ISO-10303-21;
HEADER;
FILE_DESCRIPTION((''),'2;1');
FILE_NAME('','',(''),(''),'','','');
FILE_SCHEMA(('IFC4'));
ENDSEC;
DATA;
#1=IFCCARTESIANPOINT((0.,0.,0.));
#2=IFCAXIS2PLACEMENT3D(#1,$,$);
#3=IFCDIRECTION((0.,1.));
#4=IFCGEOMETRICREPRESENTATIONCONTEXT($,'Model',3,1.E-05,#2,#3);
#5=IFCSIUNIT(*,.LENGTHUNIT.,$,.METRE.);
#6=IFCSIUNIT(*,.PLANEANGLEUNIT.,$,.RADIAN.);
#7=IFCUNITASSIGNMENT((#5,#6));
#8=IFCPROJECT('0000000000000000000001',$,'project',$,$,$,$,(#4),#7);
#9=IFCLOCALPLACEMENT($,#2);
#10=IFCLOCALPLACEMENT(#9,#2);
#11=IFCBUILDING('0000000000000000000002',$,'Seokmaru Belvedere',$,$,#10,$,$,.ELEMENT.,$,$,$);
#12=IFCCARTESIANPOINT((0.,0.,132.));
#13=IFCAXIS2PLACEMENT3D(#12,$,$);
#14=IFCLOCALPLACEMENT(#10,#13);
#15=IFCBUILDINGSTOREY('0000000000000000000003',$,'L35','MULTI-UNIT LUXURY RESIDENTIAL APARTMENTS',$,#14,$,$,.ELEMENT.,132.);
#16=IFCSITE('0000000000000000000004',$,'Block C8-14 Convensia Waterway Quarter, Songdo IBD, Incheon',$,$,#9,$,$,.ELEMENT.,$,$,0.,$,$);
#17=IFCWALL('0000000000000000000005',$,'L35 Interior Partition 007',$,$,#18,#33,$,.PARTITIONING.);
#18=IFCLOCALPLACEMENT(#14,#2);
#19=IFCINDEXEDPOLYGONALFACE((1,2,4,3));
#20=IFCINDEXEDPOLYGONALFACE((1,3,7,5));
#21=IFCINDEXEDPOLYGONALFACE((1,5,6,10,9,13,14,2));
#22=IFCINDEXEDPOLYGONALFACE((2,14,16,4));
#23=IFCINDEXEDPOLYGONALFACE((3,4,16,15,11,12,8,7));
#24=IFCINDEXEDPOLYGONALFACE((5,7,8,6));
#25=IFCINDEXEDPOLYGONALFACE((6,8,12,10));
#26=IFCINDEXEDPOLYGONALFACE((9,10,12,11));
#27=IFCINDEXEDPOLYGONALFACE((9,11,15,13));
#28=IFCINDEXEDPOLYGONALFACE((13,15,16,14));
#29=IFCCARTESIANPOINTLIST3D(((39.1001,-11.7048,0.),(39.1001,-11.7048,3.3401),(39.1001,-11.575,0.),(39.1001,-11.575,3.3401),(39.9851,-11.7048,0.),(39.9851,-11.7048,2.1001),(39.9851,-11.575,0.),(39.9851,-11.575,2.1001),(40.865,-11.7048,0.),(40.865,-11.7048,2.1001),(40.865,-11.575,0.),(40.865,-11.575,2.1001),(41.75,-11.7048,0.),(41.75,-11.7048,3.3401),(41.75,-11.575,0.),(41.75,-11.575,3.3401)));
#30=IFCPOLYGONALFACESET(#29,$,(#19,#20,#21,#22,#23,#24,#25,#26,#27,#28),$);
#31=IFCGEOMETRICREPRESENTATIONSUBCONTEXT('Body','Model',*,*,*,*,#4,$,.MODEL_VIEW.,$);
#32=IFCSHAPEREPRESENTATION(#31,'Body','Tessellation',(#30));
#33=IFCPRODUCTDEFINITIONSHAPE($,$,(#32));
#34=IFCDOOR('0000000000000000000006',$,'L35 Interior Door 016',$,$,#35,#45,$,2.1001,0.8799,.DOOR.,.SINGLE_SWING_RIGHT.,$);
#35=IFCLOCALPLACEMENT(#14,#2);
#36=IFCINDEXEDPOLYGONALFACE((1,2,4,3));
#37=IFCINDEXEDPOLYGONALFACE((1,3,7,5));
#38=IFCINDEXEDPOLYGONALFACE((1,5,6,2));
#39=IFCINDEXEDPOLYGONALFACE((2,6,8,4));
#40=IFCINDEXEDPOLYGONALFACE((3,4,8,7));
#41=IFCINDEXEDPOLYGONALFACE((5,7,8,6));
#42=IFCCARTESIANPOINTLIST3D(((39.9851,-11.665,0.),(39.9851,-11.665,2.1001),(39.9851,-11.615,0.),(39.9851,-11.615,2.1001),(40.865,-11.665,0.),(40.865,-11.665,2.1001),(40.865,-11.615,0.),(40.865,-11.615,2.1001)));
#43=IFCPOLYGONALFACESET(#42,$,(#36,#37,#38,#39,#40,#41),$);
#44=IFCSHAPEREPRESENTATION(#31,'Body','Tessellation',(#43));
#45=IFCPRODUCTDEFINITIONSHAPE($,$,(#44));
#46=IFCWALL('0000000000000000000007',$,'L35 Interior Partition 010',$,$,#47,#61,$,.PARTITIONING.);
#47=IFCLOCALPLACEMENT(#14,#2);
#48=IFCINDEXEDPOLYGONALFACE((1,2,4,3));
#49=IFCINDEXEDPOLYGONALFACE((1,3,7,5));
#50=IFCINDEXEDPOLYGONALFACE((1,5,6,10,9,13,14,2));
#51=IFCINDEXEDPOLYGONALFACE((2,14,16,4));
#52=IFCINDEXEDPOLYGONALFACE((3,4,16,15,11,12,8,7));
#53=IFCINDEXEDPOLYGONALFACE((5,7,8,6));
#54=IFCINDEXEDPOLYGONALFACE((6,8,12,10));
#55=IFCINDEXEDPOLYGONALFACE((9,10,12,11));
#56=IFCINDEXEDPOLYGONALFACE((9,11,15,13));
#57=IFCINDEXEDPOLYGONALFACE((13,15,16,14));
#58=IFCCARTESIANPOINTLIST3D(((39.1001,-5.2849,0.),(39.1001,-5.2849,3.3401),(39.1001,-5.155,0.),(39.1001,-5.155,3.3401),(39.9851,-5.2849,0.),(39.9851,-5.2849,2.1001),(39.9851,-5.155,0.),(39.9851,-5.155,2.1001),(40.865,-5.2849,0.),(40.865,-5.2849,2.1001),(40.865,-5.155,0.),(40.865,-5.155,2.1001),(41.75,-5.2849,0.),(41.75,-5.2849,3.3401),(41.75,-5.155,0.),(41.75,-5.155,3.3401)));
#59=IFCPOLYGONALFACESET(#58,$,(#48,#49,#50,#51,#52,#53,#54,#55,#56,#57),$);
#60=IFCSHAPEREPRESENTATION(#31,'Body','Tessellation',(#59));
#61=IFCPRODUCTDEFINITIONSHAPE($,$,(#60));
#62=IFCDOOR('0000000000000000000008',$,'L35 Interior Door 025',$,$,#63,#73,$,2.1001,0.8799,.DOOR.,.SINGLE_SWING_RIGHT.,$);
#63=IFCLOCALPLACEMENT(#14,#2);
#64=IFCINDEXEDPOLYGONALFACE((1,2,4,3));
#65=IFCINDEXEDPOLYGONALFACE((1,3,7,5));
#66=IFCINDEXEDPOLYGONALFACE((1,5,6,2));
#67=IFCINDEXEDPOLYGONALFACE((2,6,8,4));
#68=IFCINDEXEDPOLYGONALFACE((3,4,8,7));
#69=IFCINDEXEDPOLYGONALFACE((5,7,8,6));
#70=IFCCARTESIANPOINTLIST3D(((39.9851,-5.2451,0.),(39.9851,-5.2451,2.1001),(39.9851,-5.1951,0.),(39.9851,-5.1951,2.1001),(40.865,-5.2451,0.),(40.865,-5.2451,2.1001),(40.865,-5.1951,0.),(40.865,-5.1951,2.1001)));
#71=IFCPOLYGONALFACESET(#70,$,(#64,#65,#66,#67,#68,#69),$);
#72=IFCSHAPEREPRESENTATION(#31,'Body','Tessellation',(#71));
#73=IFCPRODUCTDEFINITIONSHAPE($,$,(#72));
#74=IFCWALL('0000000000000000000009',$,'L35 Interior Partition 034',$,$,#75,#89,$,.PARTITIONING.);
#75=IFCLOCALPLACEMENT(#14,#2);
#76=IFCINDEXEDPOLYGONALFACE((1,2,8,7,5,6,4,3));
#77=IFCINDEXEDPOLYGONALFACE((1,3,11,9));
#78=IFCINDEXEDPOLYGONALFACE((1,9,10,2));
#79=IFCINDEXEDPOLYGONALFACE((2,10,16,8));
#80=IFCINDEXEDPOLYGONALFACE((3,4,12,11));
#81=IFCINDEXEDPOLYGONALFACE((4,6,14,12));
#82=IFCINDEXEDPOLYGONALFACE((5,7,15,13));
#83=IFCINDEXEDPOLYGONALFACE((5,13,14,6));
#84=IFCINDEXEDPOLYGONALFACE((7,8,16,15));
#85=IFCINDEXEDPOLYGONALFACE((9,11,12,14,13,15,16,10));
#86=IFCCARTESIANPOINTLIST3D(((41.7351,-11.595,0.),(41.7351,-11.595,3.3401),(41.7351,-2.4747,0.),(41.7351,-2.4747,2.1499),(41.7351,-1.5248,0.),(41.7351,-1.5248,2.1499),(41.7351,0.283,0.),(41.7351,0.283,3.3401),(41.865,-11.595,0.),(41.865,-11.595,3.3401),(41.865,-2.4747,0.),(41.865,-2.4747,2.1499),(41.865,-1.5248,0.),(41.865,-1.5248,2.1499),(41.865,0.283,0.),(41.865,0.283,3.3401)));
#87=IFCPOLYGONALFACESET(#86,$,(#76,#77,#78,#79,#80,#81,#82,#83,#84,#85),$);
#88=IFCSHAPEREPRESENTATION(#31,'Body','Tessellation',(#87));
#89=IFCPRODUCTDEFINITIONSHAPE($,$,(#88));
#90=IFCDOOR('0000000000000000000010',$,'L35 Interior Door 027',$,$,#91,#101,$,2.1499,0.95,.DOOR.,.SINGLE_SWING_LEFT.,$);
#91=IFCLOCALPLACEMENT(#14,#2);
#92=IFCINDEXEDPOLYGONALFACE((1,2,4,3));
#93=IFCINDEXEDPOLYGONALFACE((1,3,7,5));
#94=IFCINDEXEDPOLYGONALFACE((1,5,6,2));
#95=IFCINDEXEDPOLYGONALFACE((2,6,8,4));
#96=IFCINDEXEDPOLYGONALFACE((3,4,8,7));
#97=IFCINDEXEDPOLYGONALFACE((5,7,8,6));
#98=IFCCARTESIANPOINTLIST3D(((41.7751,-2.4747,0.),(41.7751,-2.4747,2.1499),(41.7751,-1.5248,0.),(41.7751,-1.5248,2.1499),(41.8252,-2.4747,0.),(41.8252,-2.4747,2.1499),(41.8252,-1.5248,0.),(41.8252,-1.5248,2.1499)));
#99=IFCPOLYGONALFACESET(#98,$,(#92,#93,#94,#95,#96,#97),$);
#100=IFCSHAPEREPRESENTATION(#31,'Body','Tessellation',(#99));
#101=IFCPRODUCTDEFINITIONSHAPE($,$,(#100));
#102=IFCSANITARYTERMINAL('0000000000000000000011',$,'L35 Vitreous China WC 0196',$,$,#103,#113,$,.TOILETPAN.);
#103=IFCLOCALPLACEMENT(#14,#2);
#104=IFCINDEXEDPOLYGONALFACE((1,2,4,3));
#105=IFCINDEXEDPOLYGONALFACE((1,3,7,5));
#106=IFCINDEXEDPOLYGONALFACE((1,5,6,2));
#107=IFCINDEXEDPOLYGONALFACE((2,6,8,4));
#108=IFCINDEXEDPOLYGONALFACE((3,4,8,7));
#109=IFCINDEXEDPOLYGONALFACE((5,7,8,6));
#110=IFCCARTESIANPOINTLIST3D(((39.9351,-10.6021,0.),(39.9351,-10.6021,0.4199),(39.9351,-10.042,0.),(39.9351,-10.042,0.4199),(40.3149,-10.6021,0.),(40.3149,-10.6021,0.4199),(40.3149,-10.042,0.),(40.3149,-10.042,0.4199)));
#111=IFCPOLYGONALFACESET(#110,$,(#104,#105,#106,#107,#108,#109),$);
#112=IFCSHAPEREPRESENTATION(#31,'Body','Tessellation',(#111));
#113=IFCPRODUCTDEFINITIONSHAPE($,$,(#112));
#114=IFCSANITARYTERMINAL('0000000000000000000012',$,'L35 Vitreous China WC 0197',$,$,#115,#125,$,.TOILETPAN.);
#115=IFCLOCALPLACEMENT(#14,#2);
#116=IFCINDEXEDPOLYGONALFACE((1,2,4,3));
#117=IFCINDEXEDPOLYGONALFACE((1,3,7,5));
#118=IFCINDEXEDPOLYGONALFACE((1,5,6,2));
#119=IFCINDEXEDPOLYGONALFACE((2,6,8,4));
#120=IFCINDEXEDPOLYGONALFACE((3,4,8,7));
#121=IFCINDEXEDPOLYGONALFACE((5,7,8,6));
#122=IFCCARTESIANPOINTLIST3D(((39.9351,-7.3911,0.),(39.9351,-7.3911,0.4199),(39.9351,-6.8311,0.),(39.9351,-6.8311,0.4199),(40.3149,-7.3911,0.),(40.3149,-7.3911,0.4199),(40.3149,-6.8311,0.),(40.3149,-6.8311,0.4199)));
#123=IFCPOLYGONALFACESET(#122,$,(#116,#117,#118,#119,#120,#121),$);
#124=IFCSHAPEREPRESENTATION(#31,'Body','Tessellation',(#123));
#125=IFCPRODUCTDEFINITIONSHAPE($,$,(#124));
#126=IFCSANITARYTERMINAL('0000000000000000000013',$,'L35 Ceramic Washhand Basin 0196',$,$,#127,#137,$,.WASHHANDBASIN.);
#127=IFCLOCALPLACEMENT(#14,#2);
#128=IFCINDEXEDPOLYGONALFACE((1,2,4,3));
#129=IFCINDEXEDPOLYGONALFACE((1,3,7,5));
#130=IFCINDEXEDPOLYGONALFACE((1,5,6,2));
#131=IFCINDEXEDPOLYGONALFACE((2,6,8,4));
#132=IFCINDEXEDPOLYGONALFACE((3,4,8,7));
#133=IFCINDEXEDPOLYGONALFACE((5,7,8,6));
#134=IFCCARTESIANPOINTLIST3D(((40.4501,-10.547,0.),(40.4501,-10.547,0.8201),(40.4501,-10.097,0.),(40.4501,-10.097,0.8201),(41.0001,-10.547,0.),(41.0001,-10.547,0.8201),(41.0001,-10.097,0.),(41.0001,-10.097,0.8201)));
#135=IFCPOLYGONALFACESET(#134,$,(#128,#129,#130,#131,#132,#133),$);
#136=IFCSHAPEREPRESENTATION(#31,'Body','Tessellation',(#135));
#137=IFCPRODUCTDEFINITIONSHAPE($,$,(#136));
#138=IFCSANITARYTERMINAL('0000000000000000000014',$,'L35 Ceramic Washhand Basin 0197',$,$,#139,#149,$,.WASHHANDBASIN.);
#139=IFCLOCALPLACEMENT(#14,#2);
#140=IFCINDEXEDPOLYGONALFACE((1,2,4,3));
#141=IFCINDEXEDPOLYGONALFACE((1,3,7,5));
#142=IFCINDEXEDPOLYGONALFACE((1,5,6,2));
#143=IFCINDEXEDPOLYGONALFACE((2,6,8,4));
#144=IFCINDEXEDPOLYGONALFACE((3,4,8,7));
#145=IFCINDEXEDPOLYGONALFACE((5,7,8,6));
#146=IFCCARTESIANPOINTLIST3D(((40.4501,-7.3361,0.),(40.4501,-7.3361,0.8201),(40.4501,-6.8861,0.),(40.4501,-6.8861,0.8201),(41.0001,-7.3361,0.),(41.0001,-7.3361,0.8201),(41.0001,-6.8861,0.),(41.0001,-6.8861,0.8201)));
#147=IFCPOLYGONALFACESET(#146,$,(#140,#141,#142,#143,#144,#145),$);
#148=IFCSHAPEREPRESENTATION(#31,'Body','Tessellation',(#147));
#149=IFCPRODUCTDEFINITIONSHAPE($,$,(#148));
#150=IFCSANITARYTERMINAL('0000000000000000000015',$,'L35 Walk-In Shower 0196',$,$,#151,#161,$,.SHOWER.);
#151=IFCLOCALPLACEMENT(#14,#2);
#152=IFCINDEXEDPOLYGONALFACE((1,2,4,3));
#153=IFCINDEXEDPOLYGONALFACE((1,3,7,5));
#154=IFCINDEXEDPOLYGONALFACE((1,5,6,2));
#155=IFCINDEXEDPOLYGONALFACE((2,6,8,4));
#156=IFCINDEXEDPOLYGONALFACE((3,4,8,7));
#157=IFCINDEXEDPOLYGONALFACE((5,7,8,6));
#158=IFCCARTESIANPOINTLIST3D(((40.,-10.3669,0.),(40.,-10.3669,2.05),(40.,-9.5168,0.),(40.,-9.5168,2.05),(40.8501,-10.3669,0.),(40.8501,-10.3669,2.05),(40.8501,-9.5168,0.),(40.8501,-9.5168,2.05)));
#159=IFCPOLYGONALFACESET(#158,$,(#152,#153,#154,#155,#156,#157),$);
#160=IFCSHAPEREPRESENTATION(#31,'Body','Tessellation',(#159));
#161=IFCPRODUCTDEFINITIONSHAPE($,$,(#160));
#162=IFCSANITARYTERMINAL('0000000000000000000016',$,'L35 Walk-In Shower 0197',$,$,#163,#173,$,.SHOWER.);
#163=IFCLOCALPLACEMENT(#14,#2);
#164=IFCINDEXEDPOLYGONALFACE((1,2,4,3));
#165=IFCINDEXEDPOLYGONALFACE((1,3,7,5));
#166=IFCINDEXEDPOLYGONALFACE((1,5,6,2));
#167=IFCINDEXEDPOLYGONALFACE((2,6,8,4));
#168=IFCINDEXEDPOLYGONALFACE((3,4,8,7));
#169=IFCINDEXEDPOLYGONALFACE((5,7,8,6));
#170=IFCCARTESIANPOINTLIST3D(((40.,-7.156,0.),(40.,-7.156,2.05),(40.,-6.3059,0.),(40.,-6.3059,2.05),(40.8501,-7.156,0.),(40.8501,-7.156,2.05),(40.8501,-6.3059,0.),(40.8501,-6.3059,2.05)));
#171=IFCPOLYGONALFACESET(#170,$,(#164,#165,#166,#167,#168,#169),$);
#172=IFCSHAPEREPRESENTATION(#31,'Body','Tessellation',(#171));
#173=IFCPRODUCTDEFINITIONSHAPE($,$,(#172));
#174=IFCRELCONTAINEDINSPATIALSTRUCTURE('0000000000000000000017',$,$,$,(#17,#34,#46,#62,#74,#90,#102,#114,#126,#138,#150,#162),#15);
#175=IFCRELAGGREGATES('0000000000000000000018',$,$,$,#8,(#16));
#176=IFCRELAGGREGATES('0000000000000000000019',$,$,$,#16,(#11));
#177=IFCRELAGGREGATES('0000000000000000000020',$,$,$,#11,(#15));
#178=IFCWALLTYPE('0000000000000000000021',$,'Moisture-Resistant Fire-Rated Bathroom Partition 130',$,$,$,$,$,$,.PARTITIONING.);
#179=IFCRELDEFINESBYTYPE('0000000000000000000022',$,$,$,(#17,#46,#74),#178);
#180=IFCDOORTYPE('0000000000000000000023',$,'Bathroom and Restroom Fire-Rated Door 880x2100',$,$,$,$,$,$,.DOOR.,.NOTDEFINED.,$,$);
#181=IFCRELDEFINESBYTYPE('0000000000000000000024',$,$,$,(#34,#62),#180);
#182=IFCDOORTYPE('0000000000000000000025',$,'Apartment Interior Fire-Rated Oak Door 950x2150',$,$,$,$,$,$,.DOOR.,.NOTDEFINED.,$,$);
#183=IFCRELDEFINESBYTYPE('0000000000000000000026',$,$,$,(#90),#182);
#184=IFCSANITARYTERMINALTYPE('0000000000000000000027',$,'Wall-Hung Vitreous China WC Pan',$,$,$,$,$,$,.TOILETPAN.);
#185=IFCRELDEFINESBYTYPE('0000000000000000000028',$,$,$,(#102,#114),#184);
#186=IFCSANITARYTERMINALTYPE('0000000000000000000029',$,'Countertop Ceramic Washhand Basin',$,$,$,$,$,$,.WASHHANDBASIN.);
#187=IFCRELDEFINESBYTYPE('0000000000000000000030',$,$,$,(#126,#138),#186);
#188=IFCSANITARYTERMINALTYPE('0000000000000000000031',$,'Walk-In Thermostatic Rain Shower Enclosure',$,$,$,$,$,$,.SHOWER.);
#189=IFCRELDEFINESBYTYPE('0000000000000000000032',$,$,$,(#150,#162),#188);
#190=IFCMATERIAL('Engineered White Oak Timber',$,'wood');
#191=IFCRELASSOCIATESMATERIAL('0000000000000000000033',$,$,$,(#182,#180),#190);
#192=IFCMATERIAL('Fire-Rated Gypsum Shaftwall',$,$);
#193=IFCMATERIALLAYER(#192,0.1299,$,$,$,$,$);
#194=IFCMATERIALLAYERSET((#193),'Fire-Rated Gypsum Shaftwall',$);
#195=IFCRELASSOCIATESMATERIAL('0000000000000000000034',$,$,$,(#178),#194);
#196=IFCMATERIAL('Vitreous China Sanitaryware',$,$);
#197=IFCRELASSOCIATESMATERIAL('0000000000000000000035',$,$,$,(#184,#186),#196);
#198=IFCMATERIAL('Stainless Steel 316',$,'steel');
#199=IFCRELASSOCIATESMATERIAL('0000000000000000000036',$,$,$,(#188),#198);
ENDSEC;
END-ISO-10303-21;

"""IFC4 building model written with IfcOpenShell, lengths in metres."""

from ifc_helpers import new_model, si_unit, direction, frame, frame_2d, origin, origin_2d, place, context, subcontext, project, spatial, rectangle, extrude, source, transform, mapped, material, layer, layer_set, type_object, type_shapes, element, fill, save


model = new_model("IFC4")

# Units and contexts
model_context = context("Model", 3, precision=1e-05, world=origin(), true_north=direction((0.0, 1.0)))
body_context = subcontext(model_context, "Body", "Model", "MODEL_VIEW")
ifc_project = project(units=[si_unit("LENGTHUNIT", "METRE"), si_unit("PLANEANGLEUNIT", "RADIAN")], contexts=[model_context])

# Site, building, storey
site_placement = place(None, origin())
site = spatial("IfcSite", under=ifc_project, at=site_placement, Name="Block C8-14 Convensia Waterway Quarter, Songdo IBD, Incheon", CompositionType="ELEMENT", RefElevation=0.0)
building_placement = place(site_placement, origin())
building = spatial("IfcBuilding", under=site, at=building_placement, Name="Seokmaru Belvedere", CompositionType="ELEMENT")
storey_placement = place(building_placement, frame((0.0, 0.0, 132.0)))
storey = spatial("IfcBuildingStorey", under=building, at=storey_placement, Name="L35", Description="MULTI-UNIT LUXURY RESIDENTIAL APARTMENTS", CompositionType="ELEMENT", Elevation=132.0)

# Shared definitions
ifc_material_1 = material(Name="Fire-Rated Gypsum Shaftwall")
ifc_material_2 = material(Name="Engineered White Oak Timber", Category="wood")
door_type_1 = type_object("IfcDoorType", Name="Apartment Interior Fire-Rated Oak Door 950x2150", OperationType="NOTDEFINED", PredefinedType="DOOR", material=ifc_material_2)
shared_shape_1 = source(origin(), body_context, "Body", "SweptSolid", [
    extrude(rectangle(XDim=0.95, YDim=2.1499, at=frame_2d((0.4751, 1.075))), frame((0.0, 0.0249, 0.0), z_axis=(0.0, -1.0, 0.0), x_axis=(1.0, 0.0, 0.0)), (0.0, 0.0, 1.0), 0.05),
])
type_shapes(door_type_1, [shared_shape_1])

# Walls, openings, doors
ifc_layer_1 = layer(ifc_material_1, 0.1299)
ifc_layer_set_1 = layer_set([ifc_layer_1], Name="Fire-Rated Gypsum Shaftwall")
wall_type_1 = type_object("IfcWallType", Name="Moisture-Resistant Fire-Rated Bathroom Partition 130", PredefinedType="PARTITIONING", material=ifc_layer_set_1)
wall_1_placement = place(storey_placement, frame((39.1001, -11.6399, 0.0), z_axis=(0.0, 0.0, 1.0), x_axis=(1.0, 0.0, 0.0)))
wall_1 = element("IfcWall", 1, at=wall_1_placement, inside=storey, type_object=wall_type_1, Name="L35 Interior Partition 007", PredefinedType="PARTITIONING", context=body_context, shape_type="SweptSolid", body=[
    extrude(rectangle(XDim=2.6499, YDim=0.1299, at=frame_2d((1.325, 0.0))), origin(), (0.0, 0.0, 1.0), 3.3401),
])
opening_1_placement = place(wall_1_placement, frame((0.885, 0.0, 0.0)))
opening_1 = element("IfcOpeningElement", 2, at=opening_1_placement, cuts=wall_1, PredefinedType="OPENING", context=body_context, shape_type="SweptSolid", body=[
    extrude(rectangle(XDim=0.8799, YDim=2.1001, at=frame_2d((0.4399, 1.05))), frame((0.0, 0.075, 0.0), z_axis=(0.0, -1.0, 0.0), x_axis=(1.0, 0.0, 0.0)), (0.0, 0.0, 1.0), 0.1499),
])
door_type_2 = type_object("IfcDoorType", Name="Bathroom and Restroom Fire-Rated Door 880x2100", OperationType="NOTDEFINED", PredefinedType="DOOR", material=ifc_material_2)
shared_shape_2 = source(origin(), body_context, "Body", "SweptSolid", [
    extrude(rectangle(XDim=0.8799, YDim=2.1001, at=frame_2d((0.4399, 1.05))), frame((0.0, 0.0249, 0.0), z_axis=(0.0, -1.0, 0.0), x_axis=(1.0, 0.0, 0.0)), (0.0, 0.0, 1.0), 0.05),
])
type_shapes(door_type_2, [shared_shape_2])
door_1_placement = place(opening_1_placement, origin())
door_1 = element("IfcDoor", 3, at=door_1_placement, inside=storey, type_object=door_type_2, Name="L35 Interior Door 016", OperationType="SINGLE_SWING_RIGHT", OverallHeight=2.1001, OverallWidth=0.8799, PredefinedType="DOOR", context=body_context, shape_type="MappedRepresentation", body=[
    mapped(shared_shape_2, transform((0.0, 0.0, 0.0), scale=1.0)),
])
fill(opening_1, door_1)
wall_2_placement = place(storey_placement, frame((39.1001, -5.22, 0.0), z_axis=(0.0, 0.0, 1.0), x_axis=(1.0, 0.0, 0.0)))
wall_2 = element("IfcWall", 4, at=wall_2_placement, inside=storey, type_object=wall_type_1, Name="L35 Interior Partition 010", PredefinedType="PARTITIONING", context=body_context, shape_type="SweptSolid", body=[
    extrude(rectangle(XDim=2.6499, YDim=0.1299, at=frame_2d((1.325, 0.0))), origin(), (0.0, 0.0, 1.0), 3.3401),
])
opening_2_placement = place(wall_2_placement, frame((0.885, 0.0, 0.0)))
opening_2 = element("IfcOpeningElement", 5, at=opening_2_placement, cuts=wall_2, PredefinedType="OPENING", context=body_context, shape_type="SweptSolid", body=[
    extrude(rectangle(XDim=0.8799, YDim=2.1001, at=frame_2d((0.4399, 1.05))), frame((0.0, 0.075, 0.0), z_axis=(0.0, -1.0, 0.0), x_axis=(1.0, 0.0, 0.0)), (0.0, 0.0, 1.0), 0.1499),
])
door_2_placement = place(opening_2_placement, origin())
door_2 = element("IfcDoor", 6, at=door_2_placement, inside=storey, type_object=door_type_2, Name="L35 Interior Door 025", OperationType="SINGLE_SWING_RIGHT", OverallHeight=2.1001, OverallWidth=0.8799, PredefinedType="DOOR", context=body_context, shape_type="MappedRepresentation", body=[
    mapped(shared_shape_2, transform((0.0, 0.0, 0.0), scale=1.0)),
])
fill(opening_2, door_2)
wall_3_placement = place(storey_placement, frame((41.8, -11.595, 0.0), z_axis=(0.0, 0.0, 1.0), x_axis=(0.0, 1.0, 0.0)))
wall_3 = element("IfcWall", 7, at=wall_3_placement, inside=storey, type_object=wall_type_1, Name="L35 Interior Partition 034", PredefinedType="PARTITIONING", context=body_context, shape_type="SweptSolid", body=[
    extrude(rectangle(XDim=11.8779, YDim=0.1299, at=frame_2d((5.939, 0.0))), origin(), (0.0, 0.0, 1.0), 3.3401),
])
opening_3_placement = place(wall_3_placement, frame((9.1201, 0.0, 0.0)))
opening_3 = element("IfcOpeningElement", 8, at=opening_3_placement, cuts=wall_3, PredefinedType="OPENING", context=body_context, shape_type="SweptSolid", body=[
    extrude(rectangle(XDim=0.95, YDim=2.1499, at=frame_2d((0.4751, 1.075))), frame((0.0, 0.075, 0.0), z_axis=(0.0, -1.0, 0.0), x_axis=(1.0, 0.0, 0.0)), (0.0, 0.0, 1.0), 0.1499),
])
door_3_placement = place(opening_3_placement, origin())
door_3 = element("IfcDoor", 9, at=door_3_placement, inside=storey, type_object=door_type_1, Name="L35 Interior Door 027", OperationType="SINGLE_SWING_LEFT", OverallHeight=2.1499, OverallWidth=0.95, PredefinedType="DOOR", context=body_context, shape_type="MappedRepresentation", body=[
    mapped(shared_shape_1, transform((0.0, 0.0, 0.0), scale=1.0)),
])
fill(opening_3, door_3)

# Sanitary terminals
ifc_material_3 = material(Name="Vitreous China Sanitaryware")
sanitary_terminal_type_1 = type_object("IfcSanitaryTerminalType", Name="Wall-Hung Vitreous China WC Pan", PredefinedType="TOILETPAN", material=ifc_material_3)
shared_shape_3 = source(origin(), body_context, "Body", "SweptSolid", [
    extrude(rectangle(XDim=0.3799, YDim=0.5601, at=origin_2d()), origin(), (0.0, 0.0, 1.0), 0.4199),
])
type_shapes(sanitary_terminal_type_1, [shared_shape_3])
for number, where, z_axis, x_axis, name in (
    (10, (40.125, -10.322, 0.0), (0.0, 0.0, 1.0), (1.0, 0.0, 0.0), "L35 Vitreous China WC 0196"),
    (11, (40.125, -7.1111, 0.0), (0.0, 0.0, 1.0), (1.0, 0.0, 0.0), "L35 Vitreous China WC 0197"),
):
    element("IfcSanitaryTerminal", number, at=place(storey_placement, frame(where, z_axis=z_axis, x_axis=x_axis)), inside=storey, type_object=sanitary_terminal_type_1, Name=name, PredefinedType="TOILETPAN", context=body_context, shape_type="MappedRepresentation", body=[
        mapped(shared_shape_3, transform((0.0, 0.0, 0.0), scale=1.0)),
    ])
sanitary_terminal_type_2 = type_object("IfcSanitaryTerminalType", Name="Countertop Ceramic Washhand Basin", PredefinedType="WASHHANDBASIN", material=ifc_material_3)
shared_shape_4 = source(origin(), body_context, "Body", "SweptSolid", [
    extrude(rectangle(XDim=0.55, YDim=0.45, at=origin_2d()), origin(), (0.0, 0.0, 1.0), 0.8201),
])
type_shapes(sanitary_terminal_type_2, [shared_shape_4])
for number, where, z_axis, x_axis, name in (
    (12, (40.7251, -10.322, 0.0), (0.0, 0.0, 1.0), (1.0, 0.0, 0.0), "L35 Ceramic Washhand Basin 0196"),
    (13, (40.7251, -7.1111, 0.0), (0.0, 0.0, 1.0), (1.0, 0.0, 0.0), "L35 Ceramic Washhand Basin 0197"),
):
    element("IfcSanitaryTerminal", number, at=place(storey_placement, frame(where, z_axis=z_axis, x_axis=x_axis)), inside=storey, type_object=sanitary_terminal_type_2, Name=name, PredefinedType="WASHHANDBASIN", context=body_context, shape_type="MappedRepresentation", body=[
        mapped(shared_shape_4, transform((0.0, 0.0, 0.0), scale=1.0)),
    ])
ifc_material_4 = material(Name="Stainless Steel 316", Category="steel")
sanitary_terminal_type_3 = type_object("IfcSanitaryTerminalType", Name="Walk-In Thermostatic Rain Shower Enclosure", PredefinedType="SHOWER", material=ifc_material_4)
shared_shape_5 = source(origin(), body_context, "Body", "SweptSolid", [
    extrude(rectangle(XDim=0.8501, YDim=0.8501, at=origin_2d()), origin(), (0.0, 0.0, 1.0), 2.05),
])
type_shapes(sanitary_terminal_type_3, [shared_shape_5])
for number, where, z_axis, x_axis, name in (
    (14, (40.425, -9.9419, 0.0), (0.0, 0.0, 1.0), (1.0, 0.0, 0.0), "L35 Walk-In Shower 0196"),
    (15, (40.425, -6.731, 0.0), (0.0, 0.0, 1.0), (1.0, 0.0, 0.0), "L35 Walk-In Shower 0197"),
):
    element("IfcSanitaryTerminal", number, at=place(storey_placement, frame(where, z_axis=z_axis, x_axis=x_axis)), inside=storey, type_object=sanitary_terminal_type_3, Name=name, PredefinedType="SHOWER", context=body_context, shape_type="MappedRepresentation", body=[
        mapped(shared_shape_5, transform((0.0, 0.0, 0.0), scale=1.0)),
    ])

save(model, "model.ifc")
